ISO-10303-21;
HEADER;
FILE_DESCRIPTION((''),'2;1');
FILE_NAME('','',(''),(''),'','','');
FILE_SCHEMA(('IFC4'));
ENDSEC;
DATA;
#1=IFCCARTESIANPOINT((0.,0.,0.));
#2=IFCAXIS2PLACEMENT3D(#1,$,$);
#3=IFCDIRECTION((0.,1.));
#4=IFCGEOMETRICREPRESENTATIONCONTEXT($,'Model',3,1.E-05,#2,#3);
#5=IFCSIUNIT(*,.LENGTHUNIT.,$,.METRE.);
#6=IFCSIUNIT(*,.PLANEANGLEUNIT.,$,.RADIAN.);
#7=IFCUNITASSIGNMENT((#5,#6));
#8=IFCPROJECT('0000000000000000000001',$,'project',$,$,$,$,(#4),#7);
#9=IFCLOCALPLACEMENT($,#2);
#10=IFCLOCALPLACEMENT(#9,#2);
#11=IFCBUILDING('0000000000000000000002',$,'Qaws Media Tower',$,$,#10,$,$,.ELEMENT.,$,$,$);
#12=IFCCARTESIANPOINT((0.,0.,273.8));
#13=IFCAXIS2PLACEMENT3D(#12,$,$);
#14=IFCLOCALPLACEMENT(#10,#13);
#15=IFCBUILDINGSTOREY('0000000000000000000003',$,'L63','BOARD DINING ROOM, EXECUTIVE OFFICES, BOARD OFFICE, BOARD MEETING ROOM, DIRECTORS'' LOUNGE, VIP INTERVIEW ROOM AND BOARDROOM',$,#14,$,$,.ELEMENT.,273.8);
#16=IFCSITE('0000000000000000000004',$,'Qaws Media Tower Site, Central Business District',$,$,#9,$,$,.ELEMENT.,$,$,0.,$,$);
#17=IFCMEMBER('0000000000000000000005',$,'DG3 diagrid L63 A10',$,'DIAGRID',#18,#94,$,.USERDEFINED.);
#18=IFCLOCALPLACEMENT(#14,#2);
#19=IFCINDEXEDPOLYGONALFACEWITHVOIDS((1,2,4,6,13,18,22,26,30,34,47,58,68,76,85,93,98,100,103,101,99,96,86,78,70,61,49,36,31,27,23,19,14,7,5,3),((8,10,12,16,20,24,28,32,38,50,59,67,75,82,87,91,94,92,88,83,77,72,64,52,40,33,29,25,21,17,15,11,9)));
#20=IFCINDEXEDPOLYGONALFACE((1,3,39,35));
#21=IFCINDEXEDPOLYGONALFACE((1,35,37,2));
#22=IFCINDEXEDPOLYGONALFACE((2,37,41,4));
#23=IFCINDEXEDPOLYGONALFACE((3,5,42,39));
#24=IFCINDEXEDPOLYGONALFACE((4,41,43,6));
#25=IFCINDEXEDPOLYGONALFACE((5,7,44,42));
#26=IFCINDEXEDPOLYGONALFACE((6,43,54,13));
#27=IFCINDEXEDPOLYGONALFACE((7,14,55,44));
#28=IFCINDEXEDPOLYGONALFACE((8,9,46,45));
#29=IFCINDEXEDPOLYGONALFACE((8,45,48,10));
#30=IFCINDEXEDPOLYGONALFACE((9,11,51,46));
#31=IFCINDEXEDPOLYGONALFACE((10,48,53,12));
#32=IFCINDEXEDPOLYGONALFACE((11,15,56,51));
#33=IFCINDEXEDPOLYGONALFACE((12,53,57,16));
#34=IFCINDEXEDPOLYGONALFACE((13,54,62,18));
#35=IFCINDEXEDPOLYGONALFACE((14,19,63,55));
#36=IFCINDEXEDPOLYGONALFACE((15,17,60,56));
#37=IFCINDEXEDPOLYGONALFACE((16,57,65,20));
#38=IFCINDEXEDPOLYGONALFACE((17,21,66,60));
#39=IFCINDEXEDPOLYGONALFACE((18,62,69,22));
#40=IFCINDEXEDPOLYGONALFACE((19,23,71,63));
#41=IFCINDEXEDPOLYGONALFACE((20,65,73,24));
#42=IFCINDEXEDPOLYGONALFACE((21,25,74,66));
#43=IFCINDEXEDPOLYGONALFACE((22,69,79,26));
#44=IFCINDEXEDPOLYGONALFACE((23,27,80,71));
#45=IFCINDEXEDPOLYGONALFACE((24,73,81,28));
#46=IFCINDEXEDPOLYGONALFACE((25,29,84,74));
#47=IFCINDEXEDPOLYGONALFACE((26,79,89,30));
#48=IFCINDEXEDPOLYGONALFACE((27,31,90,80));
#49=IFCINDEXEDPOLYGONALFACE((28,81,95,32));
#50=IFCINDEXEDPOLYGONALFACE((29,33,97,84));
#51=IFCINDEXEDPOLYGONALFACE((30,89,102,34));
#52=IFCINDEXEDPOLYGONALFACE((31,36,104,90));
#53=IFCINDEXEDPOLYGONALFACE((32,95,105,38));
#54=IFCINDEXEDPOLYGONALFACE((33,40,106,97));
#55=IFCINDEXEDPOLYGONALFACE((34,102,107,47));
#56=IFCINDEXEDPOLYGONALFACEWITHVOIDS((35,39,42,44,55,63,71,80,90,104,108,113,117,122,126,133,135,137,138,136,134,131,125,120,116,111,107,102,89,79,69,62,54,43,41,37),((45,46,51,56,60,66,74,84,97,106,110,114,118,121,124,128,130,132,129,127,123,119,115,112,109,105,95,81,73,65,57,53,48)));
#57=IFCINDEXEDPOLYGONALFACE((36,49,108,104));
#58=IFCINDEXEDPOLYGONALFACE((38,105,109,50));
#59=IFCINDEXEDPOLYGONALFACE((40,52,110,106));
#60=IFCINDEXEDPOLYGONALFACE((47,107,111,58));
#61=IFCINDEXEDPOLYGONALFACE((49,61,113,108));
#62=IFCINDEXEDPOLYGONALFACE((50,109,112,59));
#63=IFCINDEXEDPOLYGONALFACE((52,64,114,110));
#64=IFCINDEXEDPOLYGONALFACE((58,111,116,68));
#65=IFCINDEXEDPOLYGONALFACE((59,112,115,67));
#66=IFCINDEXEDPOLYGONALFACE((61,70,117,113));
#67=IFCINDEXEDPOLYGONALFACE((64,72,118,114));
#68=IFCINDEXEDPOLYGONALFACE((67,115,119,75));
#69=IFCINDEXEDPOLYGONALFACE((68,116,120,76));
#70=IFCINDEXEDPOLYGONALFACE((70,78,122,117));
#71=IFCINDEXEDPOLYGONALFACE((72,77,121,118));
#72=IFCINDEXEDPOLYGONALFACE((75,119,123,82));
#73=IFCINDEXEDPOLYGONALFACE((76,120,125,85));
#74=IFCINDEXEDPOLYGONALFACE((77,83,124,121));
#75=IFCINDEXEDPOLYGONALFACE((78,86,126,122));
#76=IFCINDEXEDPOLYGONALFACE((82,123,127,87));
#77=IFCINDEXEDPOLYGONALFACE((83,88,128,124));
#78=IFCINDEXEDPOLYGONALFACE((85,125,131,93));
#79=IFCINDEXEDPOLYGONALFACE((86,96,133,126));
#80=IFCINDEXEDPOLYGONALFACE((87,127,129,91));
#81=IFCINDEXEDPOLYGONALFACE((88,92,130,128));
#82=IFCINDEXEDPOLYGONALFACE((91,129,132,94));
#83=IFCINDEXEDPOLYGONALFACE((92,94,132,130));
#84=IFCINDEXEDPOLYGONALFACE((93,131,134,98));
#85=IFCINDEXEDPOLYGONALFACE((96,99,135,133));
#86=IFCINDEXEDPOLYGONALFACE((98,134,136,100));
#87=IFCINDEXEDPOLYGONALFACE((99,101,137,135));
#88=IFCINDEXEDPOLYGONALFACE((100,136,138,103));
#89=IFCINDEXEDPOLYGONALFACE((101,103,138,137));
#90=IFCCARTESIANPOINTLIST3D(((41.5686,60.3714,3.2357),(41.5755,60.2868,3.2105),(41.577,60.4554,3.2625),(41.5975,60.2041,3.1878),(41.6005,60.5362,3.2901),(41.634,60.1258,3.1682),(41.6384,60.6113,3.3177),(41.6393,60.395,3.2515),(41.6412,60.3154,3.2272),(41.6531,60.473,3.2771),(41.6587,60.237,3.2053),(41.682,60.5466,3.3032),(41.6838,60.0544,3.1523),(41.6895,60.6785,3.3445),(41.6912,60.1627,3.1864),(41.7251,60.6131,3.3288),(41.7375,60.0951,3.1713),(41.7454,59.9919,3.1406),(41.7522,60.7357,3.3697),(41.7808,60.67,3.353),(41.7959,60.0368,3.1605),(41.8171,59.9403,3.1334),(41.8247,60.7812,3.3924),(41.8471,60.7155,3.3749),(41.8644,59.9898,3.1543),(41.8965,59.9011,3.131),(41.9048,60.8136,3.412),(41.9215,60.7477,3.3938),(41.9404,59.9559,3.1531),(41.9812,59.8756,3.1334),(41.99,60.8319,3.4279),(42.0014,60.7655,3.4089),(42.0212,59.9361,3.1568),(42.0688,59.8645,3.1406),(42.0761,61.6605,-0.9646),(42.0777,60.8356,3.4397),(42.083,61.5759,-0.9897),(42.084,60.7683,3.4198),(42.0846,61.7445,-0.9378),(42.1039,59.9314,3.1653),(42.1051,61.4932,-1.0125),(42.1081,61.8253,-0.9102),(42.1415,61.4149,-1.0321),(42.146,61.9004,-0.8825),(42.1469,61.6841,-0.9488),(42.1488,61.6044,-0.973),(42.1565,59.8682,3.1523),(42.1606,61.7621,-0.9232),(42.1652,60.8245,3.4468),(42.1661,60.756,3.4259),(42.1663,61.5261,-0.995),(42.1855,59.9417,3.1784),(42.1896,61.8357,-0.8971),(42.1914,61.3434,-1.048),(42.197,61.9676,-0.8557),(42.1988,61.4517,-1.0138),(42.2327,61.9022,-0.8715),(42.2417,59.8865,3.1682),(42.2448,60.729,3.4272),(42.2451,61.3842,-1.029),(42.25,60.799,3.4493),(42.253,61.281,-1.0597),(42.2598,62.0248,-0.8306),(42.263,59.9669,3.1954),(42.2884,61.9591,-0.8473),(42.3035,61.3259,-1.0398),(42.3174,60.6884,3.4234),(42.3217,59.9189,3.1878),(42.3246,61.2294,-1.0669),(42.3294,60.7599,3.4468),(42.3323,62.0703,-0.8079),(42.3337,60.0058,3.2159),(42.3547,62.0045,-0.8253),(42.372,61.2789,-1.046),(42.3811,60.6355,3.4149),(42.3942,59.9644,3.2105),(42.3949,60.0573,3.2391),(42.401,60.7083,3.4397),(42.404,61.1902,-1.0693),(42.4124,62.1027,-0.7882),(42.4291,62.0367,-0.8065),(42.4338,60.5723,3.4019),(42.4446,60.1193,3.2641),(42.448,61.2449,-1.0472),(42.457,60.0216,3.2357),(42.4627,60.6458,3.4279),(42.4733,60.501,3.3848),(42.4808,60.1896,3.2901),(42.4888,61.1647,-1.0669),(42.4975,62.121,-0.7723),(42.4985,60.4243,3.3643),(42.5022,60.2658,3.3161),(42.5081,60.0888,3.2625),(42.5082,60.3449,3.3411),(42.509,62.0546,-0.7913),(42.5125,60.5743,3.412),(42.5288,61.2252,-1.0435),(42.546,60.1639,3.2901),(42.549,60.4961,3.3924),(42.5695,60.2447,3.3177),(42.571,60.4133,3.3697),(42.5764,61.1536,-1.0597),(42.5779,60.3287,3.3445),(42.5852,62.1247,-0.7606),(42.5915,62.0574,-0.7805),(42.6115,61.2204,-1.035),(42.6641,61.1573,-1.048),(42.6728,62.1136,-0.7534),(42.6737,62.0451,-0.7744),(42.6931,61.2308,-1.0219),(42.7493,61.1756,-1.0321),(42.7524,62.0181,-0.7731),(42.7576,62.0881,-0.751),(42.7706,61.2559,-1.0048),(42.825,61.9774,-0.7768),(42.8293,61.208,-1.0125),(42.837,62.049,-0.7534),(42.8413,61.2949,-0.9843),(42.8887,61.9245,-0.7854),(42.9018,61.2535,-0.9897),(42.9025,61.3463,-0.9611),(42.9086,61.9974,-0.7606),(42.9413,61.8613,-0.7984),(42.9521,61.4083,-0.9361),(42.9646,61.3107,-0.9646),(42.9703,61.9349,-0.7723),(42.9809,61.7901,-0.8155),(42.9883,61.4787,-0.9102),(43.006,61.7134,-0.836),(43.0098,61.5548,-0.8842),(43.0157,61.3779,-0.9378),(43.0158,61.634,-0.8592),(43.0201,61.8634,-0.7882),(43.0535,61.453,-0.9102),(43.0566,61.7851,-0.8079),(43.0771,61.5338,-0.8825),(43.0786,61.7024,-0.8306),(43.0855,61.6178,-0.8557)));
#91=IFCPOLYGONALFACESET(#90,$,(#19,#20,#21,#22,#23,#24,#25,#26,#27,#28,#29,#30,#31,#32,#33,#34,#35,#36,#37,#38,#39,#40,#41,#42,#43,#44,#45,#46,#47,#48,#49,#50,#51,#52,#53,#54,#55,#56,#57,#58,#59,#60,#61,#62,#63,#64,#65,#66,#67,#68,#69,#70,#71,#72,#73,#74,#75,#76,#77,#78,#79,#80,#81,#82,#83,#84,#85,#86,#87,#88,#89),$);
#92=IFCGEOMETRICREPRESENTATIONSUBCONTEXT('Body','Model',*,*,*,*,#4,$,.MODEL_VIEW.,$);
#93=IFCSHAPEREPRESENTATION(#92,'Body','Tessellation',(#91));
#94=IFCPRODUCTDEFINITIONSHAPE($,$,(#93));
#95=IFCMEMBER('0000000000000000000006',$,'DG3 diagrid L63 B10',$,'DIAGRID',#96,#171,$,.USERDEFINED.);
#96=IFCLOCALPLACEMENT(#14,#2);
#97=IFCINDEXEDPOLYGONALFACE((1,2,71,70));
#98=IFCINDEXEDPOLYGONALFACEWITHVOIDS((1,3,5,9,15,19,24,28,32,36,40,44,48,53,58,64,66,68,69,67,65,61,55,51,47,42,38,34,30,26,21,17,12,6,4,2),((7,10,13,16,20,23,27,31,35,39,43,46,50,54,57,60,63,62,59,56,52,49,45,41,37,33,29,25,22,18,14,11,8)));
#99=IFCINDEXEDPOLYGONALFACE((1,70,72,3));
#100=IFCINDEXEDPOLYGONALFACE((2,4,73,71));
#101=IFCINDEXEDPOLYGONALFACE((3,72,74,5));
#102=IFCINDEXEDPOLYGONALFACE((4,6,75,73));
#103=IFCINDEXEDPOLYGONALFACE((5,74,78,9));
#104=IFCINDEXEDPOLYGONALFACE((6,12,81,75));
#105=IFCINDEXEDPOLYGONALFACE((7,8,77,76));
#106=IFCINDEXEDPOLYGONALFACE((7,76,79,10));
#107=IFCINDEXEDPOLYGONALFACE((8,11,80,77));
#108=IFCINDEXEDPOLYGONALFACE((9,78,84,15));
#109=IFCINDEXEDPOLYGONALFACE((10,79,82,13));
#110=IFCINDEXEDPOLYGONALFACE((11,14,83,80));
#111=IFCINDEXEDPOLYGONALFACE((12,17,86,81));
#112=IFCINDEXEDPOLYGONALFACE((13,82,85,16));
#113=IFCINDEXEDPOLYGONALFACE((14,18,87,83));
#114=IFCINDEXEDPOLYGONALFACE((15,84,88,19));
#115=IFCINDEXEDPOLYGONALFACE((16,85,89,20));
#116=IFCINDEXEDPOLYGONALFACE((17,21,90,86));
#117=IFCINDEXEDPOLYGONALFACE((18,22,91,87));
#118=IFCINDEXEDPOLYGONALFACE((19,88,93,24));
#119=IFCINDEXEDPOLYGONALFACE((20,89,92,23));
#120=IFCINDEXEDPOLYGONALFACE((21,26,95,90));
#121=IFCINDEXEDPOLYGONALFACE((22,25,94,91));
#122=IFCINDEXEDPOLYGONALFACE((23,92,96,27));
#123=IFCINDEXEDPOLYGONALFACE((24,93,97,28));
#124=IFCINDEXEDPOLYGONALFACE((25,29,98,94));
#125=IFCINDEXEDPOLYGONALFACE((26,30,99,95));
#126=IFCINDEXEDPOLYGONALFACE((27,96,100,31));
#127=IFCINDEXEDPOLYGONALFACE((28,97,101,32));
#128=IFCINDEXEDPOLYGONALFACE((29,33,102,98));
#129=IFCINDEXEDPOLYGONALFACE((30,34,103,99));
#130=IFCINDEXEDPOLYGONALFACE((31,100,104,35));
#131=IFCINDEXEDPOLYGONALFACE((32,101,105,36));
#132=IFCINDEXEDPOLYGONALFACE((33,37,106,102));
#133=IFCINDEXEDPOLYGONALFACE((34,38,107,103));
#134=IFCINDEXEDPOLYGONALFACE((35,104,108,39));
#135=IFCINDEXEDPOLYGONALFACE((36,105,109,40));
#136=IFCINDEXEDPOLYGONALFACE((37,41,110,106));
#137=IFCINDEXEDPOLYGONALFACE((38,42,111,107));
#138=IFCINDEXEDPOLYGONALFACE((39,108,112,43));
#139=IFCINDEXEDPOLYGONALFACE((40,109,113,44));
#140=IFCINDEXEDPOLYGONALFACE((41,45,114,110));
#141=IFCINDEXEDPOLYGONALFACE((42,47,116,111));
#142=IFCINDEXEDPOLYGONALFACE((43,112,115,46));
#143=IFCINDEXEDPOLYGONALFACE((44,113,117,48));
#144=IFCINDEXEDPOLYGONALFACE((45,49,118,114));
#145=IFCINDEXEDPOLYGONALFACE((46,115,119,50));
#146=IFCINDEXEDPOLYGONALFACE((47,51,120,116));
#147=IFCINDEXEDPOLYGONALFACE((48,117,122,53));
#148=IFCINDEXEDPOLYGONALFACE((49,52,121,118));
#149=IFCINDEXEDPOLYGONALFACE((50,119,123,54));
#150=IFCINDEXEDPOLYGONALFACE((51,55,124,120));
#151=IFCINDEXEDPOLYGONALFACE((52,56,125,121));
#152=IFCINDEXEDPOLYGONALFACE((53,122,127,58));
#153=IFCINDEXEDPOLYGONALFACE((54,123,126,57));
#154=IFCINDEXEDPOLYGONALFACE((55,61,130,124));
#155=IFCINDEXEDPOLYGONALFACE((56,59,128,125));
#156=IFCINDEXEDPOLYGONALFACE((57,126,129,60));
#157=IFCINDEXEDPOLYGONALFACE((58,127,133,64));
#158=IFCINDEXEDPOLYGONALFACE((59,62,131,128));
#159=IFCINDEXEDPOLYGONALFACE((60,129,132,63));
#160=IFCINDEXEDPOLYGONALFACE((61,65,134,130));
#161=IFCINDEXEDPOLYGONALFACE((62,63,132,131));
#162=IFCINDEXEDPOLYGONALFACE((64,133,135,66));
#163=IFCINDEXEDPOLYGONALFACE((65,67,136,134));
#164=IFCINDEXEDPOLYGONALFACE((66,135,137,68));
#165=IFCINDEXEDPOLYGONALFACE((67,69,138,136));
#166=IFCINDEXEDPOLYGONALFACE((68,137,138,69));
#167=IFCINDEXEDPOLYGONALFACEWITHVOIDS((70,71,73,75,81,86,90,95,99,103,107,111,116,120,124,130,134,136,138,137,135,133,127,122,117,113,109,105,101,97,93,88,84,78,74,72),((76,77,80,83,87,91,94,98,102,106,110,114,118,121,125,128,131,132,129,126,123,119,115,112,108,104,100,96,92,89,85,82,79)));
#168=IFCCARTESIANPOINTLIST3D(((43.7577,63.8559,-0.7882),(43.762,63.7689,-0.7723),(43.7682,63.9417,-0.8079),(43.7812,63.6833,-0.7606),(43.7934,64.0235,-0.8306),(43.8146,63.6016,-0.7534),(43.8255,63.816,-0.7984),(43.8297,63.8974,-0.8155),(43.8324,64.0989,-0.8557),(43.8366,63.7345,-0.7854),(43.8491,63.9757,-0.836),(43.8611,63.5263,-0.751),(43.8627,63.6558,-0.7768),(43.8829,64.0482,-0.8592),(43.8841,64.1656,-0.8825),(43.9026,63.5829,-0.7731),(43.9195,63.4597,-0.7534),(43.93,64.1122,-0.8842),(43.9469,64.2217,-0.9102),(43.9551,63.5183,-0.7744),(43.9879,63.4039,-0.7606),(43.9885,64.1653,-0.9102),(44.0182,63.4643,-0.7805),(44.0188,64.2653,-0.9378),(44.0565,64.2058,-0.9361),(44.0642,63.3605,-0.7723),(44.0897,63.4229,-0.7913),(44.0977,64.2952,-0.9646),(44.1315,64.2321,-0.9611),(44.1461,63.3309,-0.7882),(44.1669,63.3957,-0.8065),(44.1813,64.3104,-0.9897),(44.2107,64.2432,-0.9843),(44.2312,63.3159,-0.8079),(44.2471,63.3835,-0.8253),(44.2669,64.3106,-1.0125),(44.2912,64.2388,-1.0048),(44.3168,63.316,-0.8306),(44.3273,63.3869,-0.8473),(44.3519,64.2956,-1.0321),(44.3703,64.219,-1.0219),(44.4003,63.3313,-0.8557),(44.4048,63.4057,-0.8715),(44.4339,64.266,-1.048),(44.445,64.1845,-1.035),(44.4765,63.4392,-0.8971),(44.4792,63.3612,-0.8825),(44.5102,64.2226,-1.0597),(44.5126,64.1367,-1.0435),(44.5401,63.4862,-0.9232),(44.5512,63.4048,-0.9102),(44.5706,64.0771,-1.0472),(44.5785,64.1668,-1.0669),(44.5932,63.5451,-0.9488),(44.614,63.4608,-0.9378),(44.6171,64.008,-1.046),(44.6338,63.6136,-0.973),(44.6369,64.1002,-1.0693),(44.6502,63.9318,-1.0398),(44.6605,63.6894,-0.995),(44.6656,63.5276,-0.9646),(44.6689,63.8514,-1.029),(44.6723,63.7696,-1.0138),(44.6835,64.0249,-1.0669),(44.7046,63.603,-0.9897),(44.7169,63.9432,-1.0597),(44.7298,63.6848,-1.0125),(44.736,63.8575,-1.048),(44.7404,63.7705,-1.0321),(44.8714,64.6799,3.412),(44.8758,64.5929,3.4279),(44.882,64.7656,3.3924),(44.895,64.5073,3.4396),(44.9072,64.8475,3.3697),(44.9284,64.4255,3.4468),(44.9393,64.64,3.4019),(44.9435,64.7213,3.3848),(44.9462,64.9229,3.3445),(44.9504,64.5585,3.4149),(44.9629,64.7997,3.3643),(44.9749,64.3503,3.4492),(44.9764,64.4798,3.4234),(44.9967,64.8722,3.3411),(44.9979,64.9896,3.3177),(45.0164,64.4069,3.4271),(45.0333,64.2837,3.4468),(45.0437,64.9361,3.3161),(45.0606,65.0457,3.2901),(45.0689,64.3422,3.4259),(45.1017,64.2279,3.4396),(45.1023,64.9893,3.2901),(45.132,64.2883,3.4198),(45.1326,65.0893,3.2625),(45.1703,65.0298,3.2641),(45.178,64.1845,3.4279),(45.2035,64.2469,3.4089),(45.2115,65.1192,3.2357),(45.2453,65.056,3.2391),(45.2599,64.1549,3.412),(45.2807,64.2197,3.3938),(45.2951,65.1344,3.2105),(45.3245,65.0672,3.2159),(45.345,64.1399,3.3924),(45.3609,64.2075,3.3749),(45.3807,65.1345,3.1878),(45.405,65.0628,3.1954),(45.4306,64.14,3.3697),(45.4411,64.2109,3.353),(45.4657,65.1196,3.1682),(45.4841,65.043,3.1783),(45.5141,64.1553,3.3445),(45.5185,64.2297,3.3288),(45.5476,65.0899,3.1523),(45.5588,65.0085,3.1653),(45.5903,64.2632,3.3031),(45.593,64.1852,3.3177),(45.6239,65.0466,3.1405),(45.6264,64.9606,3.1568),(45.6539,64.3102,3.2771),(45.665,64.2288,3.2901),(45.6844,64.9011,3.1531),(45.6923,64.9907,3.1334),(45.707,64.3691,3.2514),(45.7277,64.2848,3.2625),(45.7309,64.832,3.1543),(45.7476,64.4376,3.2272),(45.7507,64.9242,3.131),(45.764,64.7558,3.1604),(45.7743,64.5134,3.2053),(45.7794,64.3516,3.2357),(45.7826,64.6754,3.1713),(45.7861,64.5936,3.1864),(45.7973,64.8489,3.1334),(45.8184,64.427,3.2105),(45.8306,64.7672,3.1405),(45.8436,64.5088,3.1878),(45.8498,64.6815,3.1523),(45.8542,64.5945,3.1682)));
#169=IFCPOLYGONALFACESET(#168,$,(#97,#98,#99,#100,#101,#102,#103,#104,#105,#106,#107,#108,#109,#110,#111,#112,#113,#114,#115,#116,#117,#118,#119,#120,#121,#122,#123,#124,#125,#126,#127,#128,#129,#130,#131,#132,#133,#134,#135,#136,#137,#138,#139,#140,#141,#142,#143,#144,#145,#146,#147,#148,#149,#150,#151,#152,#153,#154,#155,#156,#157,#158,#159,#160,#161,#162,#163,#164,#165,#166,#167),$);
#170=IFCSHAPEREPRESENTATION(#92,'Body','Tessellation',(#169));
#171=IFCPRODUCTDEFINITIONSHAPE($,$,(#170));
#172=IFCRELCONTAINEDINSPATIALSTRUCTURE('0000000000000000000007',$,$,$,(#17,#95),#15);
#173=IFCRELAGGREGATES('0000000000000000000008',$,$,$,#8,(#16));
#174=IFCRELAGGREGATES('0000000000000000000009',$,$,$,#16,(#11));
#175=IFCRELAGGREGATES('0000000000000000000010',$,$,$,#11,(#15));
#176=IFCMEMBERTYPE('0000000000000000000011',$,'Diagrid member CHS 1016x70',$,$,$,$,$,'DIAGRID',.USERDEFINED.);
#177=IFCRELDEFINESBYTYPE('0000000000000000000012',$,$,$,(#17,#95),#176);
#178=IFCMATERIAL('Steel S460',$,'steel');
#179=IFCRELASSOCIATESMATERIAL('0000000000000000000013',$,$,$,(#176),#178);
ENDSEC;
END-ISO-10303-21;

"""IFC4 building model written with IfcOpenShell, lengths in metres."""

from ifc_helpers import new_model, si_unit, direction, frame, origin, origin_2d, place, context, subcontext, project, spatial, hollow_circle, extrude, material, material_profile, profile_set, type_object, element, save


model = new_model("IFC4")

# Units and contexts
model_context = context("Model", 3, precision=1e-05, world=origin(), true_north=direction((0.0, 1.0)))
body_context = subcontext(model_context, "Body", "Model", "MODEL_VIEW")
ifc_project = project(units=[si_unit("LENGTHUNIT", "METRE"), si_unit("PLANEANGLEUNIT", "RADIAN")], contexts=[model_context])

# Site, building, storey
site_placement = place(None, origin())
site = spatial("IfcSite", under=ifc_project, at=site_placement, Name="Qaws Media Tower Site, Central Business District", CompositionType="ELEMENT", RefElevation=0.0)
building_placement = place(site_placement, origin())
building = spatial("IfcBuilding", under=site, at=building_placement, Name="Qaws Media Tower", CompositionType="ELEMENT")
storey_placement = place(building_placement, frame((0.0, 0.0, 273.8)))
storey = spatial("IfcBuildingStorey", under=building, at=storey_placement, Name="L63", Description="BOARD DINING ROOM, EXECUTIVE OFFICES, BOARD OFFICE, BOARD MEETING ROOM, DIRECTORS' LOUNGE, VIP INTERVIEW ROOM AND BOARDROOM", CompositionType="ELEMENT", Elevation=273.8)

# Members
ifc_material_1 = material(Name="Steel S460", Category="steel")
ifc_material_profile_1 = material_profile(ifc_material_1, hollow_circle(Radius=0.5081, WallThickness=0.0701, at=origin_2d()), Name="CHS 1016x70")
ifc_profile_set_1 = profile_set([ifc_material_profile_1], Name="Steel S460")
member_type_1 = type_object("IfcMemberType", Name="Diagrid member CHS 1016x70", ElementType="DIAGRID", PredefinedType="USERDEFINED", material=ifc_profile_set_1)
for number, where, z_axis, x_axis, name in (
    (1, (42.5808, 61.6392, -0.9102), (-0.114762, -0.29146, 0.949674), (0.930468, -0.366372, 0.0), "DG3 diagrid L63 A10"),
    (2, (44.249, 63.8132, -0.9102), (0.251825, 0.186302, 0.949671), (-0.594743, 0.803916, 0.0), "DG3 diagrid L63 B10"),
):
    element("IfcMember", number, at=place(storey_placement, frame(where, z_axis=z_axis, x_axis=x_axis)), inside=storey, type_object=member_type_1, Name=name, ObjectType="DIAGRID", PredefinedType="USERDEFINED", context=body_context, shape_type="SweptSolid", body=[
        extrude(hollow_circle(Radius=0.5081, WallThickness=0.0701, at=origin_2d()), origin(), (0.0, 0.0, 1.0), 4.4229),
    ])

save(model, "model.ifc")
